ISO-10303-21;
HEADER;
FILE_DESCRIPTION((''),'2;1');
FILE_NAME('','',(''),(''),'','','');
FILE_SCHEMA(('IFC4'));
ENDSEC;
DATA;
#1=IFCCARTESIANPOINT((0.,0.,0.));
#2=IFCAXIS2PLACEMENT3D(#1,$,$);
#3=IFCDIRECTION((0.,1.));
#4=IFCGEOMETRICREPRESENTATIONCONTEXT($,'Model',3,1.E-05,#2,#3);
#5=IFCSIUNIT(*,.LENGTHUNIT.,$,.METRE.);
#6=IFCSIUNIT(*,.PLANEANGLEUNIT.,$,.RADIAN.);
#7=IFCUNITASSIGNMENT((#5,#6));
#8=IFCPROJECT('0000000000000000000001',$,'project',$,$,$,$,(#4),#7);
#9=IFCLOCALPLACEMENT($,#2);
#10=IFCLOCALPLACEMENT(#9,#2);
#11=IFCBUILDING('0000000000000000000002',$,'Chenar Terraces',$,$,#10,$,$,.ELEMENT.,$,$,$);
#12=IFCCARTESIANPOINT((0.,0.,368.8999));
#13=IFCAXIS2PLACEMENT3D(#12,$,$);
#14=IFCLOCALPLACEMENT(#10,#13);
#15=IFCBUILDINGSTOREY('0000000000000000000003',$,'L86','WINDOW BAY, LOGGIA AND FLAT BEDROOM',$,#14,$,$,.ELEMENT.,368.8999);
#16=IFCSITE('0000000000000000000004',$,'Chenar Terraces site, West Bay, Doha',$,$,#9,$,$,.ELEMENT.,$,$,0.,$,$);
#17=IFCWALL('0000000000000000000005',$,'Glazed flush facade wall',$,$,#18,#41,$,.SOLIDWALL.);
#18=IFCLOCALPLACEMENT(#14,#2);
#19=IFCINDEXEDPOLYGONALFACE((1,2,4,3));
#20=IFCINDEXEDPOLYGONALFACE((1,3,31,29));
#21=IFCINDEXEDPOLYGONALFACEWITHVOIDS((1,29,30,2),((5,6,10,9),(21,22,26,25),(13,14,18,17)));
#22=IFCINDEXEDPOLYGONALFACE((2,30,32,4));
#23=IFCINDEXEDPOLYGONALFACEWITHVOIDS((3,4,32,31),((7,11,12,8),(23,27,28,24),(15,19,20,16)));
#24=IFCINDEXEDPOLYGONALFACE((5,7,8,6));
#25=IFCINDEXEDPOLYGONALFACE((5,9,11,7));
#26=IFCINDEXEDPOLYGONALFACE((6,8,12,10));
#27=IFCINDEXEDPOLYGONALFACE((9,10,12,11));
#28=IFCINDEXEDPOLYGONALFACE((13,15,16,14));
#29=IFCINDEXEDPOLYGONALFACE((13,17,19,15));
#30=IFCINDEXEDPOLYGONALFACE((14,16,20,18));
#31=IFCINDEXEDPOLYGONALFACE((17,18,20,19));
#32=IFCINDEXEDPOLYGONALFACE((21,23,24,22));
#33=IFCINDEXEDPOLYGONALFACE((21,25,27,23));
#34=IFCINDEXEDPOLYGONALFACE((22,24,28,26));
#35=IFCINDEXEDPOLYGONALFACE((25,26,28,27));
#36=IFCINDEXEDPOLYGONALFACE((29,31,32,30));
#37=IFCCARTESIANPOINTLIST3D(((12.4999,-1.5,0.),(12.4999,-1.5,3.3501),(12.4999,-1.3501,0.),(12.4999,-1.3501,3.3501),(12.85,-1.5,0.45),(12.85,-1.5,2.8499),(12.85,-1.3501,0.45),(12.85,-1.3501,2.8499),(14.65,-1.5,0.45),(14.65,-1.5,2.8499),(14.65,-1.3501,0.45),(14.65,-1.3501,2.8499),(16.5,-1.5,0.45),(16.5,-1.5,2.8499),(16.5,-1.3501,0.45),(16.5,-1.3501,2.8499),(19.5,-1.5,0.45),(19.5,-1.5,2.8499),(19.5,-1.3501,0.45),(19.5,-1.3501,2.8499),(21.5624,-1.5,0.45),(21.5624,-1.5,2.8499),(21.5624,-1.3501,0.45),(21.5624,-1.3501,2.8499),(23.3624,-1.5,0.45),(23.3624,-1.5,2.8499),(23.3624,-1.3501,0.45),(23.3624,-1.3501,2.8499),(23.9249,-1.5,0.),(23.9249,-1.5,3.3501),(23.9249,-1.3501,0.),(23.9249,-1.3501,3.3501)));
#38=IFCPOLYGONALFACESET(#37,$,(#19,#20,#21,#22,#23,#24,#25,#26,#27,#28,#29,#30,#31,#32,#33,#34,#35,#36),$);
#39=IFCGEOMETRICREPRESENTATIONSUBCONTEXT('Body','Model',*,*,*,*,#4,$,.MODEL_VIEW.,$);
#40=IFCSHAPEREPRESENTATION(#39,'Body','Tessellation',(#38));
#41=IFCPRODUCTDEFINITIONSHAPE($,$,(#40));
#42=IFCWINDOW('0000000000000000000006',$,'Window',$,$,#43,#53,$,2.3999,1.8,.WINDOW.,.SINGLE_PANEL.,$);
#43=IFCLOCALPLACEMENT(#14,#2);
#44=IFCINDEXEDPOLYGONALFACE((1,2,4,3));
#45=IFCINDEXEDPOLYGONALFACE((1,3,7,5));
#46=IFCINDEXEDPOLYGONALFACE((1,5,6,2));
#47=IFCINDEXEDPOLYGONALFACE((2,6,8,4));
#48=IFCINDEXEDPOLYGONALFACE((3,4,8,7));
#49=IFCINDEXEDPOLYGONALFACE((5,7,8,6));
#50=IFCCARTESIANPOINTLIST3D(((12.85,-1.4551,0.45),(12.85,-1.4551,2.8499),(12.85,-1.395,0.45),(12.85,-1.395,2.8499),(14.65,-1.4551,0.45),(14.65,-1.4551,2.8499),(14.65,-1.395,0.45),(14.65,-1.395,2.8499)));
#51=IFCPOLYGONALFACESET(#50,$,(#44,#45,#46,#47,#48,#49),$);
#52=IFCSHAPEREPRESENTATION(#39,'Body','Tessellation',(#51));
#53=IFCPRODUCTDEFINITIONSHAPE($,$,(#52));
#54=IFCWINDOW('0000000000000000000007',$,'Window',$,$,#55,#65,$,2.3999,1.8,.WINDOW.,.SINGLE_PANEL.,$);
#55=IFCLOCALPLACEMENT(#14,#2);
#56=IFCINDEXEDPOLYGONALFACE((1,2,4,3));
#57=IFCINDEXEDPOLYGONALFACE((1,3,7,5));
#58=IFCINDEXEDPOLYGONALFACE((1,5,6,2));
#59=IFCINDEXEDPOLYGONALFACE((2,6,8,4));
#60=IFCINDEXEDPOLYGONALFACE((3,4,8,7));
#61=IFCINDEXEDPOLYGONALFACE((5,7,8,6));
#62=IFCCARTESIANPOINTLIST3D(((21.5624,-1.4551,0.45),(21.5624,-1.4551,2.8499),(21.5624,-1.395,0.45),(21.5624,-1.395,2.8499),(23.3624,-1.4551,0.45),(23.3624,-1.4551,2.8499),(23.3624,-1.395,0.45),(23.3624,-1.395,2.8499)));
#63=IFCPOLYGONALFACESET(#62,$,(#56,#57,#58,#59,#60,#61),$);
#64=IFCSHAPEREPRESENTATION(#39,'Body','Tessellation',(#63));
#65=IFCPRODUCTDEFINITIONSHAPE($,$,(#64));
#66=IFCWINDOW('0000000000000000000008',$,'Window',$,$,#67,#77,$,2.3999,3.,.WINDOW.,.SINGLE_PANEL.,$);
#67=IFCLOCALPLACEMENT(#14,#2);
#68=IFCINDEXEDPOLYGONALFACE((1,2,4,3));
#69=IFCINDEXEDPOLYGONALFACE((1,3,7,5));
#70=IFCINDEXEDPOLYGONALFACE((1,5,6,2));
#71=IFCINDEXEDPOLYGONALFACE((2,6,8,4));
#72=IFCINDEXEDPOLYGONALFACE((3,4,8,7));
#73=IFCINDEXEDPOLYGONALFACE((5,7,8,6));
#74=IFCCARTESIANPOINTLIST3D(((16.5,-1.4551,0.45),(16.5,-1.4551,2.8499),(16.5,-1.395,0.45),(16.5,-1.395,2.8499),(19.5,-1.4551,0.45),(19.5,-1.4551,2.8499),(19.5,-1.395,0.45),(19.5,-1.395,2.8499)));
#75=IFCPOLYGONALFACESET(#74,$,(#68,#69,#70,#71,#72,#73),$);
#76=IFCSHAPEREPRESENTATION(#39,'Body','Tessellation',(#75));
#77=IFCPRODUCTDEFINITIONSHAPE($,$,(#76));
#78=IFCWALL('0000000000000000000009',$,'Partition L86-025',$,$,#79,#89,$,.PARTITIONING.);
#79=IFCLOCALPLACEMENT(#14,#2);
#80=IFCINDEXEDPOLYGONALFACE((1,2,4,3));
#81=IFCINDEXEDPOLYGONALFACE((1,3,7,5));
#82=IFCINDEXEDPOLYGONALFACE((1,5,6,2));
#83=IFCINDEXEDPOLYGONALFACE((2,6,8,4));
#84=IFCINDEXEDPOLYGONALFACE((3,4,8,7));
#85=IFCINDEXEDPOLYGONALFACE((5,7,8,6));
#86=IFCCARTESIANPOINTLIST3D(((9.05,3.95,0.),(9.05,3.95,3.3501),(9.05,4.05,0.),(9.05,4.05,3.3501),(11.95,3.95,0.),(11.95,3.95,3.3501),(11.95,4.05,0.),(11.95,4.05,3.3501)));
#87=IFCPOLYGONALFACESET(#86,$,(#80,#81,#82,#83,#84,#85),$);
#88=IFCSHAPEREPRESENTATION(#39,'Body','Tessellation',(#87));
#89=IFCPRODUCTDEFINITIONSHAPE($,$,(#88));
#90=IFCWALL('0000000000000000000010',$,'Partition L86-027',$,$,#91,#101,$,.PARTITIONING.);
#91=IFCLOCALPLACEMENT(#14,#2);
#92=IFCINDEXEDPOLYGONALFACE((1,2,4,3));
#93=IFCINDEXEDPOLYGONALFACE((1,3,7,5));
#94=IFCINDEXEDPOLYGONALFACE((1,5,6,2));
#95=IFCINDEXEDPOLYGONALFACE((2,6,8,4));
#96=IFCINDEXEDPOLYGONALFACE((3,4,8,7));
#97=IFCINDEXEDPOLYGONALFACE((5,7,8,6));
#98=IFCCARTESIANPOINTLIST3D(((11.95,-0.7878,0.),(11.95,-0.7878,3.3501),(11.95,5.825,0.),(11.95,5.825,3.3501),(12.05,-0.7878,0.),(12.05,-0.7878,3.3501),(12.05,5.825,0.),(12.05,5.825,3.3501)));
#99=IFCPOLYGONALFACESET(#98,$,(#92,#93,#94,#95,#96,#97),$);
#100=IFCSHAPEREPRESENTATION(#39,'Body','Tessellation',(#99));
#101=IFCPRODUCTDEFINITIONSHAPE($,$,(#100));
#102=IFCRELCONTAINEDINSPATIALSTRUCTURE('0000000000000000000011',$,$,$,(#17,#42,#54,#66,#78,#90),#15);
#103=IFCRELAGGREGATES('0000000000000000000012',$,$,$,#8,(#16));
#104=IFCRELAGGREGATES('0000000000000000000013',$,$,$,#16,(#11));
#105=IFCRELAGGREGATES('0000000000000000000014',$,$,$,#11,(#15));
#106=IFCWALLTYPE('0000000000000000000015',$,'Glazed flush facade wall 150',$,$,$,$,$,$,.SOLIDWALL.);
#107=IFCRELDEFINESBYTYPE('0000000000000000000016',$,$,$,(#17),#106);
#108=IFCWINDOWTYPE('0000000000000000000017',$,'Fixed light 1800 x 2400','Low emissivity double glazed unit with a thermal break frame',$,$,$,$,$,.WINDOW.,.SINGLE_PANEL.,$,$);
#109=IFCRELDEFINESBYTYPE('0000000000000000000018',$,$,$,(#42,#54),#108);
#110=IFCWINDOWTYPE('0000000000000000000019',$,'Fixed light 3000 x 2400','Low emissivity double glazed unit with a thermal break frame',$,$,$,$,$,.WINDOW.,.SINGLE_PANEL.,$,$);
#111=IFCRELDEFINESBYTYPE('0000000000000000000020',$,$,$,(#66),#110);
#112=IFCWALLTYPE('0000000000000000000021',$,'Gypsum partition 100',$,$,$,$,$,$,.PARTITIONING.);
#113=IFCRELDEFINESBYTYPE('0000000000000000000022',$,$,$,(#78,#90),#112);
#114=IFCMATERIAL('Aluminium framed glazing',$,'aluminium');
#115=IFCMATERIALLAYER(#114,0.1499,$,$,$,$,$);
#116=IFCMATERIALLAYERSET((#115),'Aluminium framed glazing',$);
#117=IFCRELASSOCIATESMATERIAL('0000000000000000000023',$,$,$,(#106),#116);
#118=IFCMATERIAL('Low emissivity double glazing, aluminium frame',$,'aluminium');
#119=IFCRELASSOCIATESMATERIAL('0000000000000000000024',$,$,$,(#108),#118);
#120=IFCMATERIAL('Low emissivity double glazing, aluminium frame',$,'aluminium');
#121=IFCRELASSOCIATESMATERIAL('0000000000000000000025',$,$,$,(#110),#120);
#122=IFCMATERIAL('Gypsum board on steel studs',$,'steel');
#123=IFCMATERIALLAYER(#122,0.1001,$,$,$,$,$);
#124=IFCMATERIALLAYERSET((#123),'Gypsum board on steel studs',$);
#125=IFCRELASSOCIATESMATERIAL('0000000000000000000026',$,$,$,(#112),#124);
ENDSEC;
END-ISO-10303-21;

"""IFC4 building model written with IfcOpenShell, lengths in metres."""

from ifc_helpers import new_model, si_unit, direction, frame, frame_2d, origin, place, context, subcontext, project, spatial, rectangle, extrude, material, layer, layer_set, type_object, element, fill, save


model = new_model("IFC4")

# Units and contexts
model_context = context("Model", 3, precision=1e-05, world=origin(), true_north=direction((0.0, 1.0)))
body_context = subcontext(model_context, "Body", "Model", "MODEL_VIEW")
ifc_project = project(units=[si_unit("LENGTHUNIT", "METRE"), si_unit("PLANEANGLEUNIT", "RADIAN")], contexts=[model_context])

# Site, building, storey
site_placement = place(None, origin())
site = spatial("IfcSite", under=ifc_project, at=site_placement, Name="Chenar Terraces site, West Bay, Doha", CompositionType="ELEMENT", RefElevation=0.0)
building_placement = place(site_placement, origin())
building = spatial("IfcBuilding", under=site, at=building_placement, Name="Chenar Terraces", CompositionType="ELEMENT")
storey_placement = place(building_placement, frame((0.0, 0.0, 368.8999)))
storey = spatial("IfcBuildingStorey", under=building, at=storey_placement, Name="L86", Description="WINDOW BAY, LOGGIA AND FLAT BEDROOM", CompositionType="ELEMENT", Elevation=368.8999)

# Wall, openings, windows
ifc_material_1 = material(Name="Aluminium framed glazing", Category="aluminium")
ifc_layer_1 = layer(ifc_material_1, 0.1499)
ifc_layer_set_1 = layer_set([ifc_layer_1], Name="Aluminium framed glazing")
wall_type_1 = type_object("IfcWallType", Name="Glazed flush facade wall 150", PredefinedType="SOLIDWALL", material=ifc_layer_set_1)
wall_1_placement = place(storey_placement, frame((12.5, -1.425, 0.0), z_axis=(0.0, 0.0, 1.0), x_axis=(1.0, 0.0, 0.0)))
wall_1 = element("IfcWall", 1, at=wall_1_placement, inside=storey, type_object=wall_type_1, Name="Glazed flush facade wall", PredefinedType="SOLIDWALL", context=body_context, shape_type="SweptSolid", body=[
    extrude(rectangle(XDim=11.425, YDim=0.1499, at=frame_2d((5.7124, 0.0))), origin(), (0.0, 0.0, 1.0), 3.3501),
])
opening_1_placement = place(wall_1_placement, frame((0.3501, 0.0, 0.45)))
opening_1 = element("IfcOpeningElement", 2, at=opening_1_placement, cuts=wall_1, PredefinedType="OPENING", context=body_context, shape_type="SweptSolid", body=[
    extrude(rectangle(XDim=1.8, YDim=2.3999, at=frame_2d((0.8999, 1.2))), frame((0.0, 0.085, 0.0), z_axis=(0.0, -1.0, 0.0), x_axis=(1.0, 0.0, 0.0)), (0.0, 0.0, 1.0), 0.1699),
])
opening_2_placement = place(wall_1_placement, frame((4.0, 0.0, 0.45)))
opening_2 = element("IfcOpeningElement", 3, at=opening_2_placement, cuts=wall_1, PredefinedType="OPENING", context=body_context, shape_type="SweptSolid", body=[
    extrude(rectangle(XDim=3.0, YDim=2.3999, at=frame_2d((1.5, 1.2))), frame((0.0, 0.085, 0.0), z_axis=(0.0, -1.0, 0.0), x_axis=(1.0, 0.0, 0.0)), (0.0, 0.0, 1.0), 0.1699),
])
opening_3_placement = place(wall_1_placement, frame((9.0625, 0.0, 0.45)))
opening_3 = element("IfcOpeningElement", 4, at=opening_3_placement, cuts=wall_1, PredefinedType="OPENING", context=body_context, shape_type="SweptSolid", body=[
    extrude(rectangle(XDim=1.8, YDim=2.3999, at=frame_2d((0.8999, 1.2))), frame((0.0, 0.085, 0.0), z_axis=(0.0, -1.0, 0.0), x_axis=(1.0, 0.0, 0.0)), (0.0, 0.0, 1.0), 0.1699),
])
ifc_material_2 = material(Name="Low emissivity double glazing, aluminium frame", Category="aluminium")
window_type_1 = type_object("IfcWindowType", Name="Fixed light 1800 x 2400", Description="Low emissivity double glazed unit with a thermal break frame", PartitioningType="SINGLE_PANEL", PredefinedType="WINDOW", material=ifc_material_2)
window_1_placement = place(opening_1_placement, origin())
window_1 = element("IfcWindow", 5, at=window_1_placement, inside=storey, type_object=window_type_1, Name="Window", OverallHeight=2.3999, OverallWidth=1.8, PartitioningType="SINGLE_PANEL", PredefinedType="WINDOW", context=body_context, shape_type="SweptSolid", body=[
    extrude(rectangle(XDim=1.8, YDim=2.3999, at=frame_2d((0.8999, 1.2))), frame((0.0, 0.03, 0.0), z_axis=(0.0, -1.0, 0.0), x_axis=(1.0, 0.0, 0.0)), (0.0, 0.0, 1.0), 0.0601),
])
fill(opening_1, window_1)
window_2_placement = place(opening_3_placement, origin())
window_2 = element("IfcWindow", 6, at=window_2_placement, inside=storey, type_object=window_type_1, Name="Window", OverallHeight=2.3999, OverallWidth=1.8, PartitioningType="SINGLE_PANEL", PredefinedType="WINDOW", context=body_context, shape_type="SweptSolid", body=[
    extrude(rectangle(XDim=1.8, YDim=2.3999, at=frame_2d((0.8999, 1.2))), frame((0.0, 0.03, 0.0), z_axis=(0.0, -1.0, 0.0), x_axis=(1.0, 0.0, 0.0)), (0.0, 0.0, 1.0), 0.0601),
])
fill(opening_3, window_2)
ifc_material_3 = material(Name="Low emissivity double glazing, aluminium frame", Category="aluminium")
window_type_2 = type_object("IfcWindowType", Name="Fixed light 3000 x 2400", Description="Low emissivity double glazed unit with a thermal break frame", PartitioningType="SINGLE_PANEL", PredefinedType="WINDOW", material=ifc_material_3)
window_3_placement = place(opening_2_placement, origin())
window_3 = element("IfcWindow", 7, at=window_3_placement, inside=storey, type_object=window_type_2, Name="Window", OverallHeight=2.3999, OverallWidth=3.0, PartitioningType="SINGLE_PANEL", PredefinedType="WINDOW", context=body_context, shape_type="SweptSolid", body=[
    extrude(rectangle(XDim=3.0, YDim=2.3999, at=frame_2d((1.5, 1.2))), frame((0.0, 0.03, 0.0), z_axis=(0.0, -1.0, 0.0), x_axis=(1.0, 0.0, 0.0)), (0.0, 0.0, 1.0), 0.0601),
])
fill(opening_2, window_3)

# Walls
ifc_material_4 = material(Name="Gypsum board on steel studs", Category="steel")
ifc_layer_2 = layer(ifc_material_4, 0.1001)
ifc_layer_set_2 = layer_set([ifc_layer_2], Name="Gypsum board on steel studs")
wall_type_2 = type_object("IfcWallType", Name="Gypsum partition 100", PredefinedType="PARTITIONING", material=ifc_layer_set_2)
wall_2_placement = place(storey_placement, frame((9.05, 4.0, 0.0), z_axis=(0.0, 0.0, 1.0), x_axis=(1.0, 0.0, 0.0)))
element("IfcWall", 8, at=wall_2_placement, inside=storey, type_object=wall_type_2, Name="Partition L86-025", PredefinedType="PARTITIONING", context=body_context, shape_type="SweptSolid", body=[
    extrude(rectangle(XDim=2.8999, YDim=0.1001, at=frame_2d((1.45, 0.0))), origin(), (0.0, 0.0, 1.0), 3.3501),
])
wall_3_placement = place(storey_placement, frame((12.0, -0.7878, 0.0), z_axis=(0.0, 0.0, 1.0), x_axis=(0.0, 1.0, 0.0)))
element("IfcWall", 9, at=wall_3_placement, inside=storey, type_object=wall_type_2, Name="Partition L86-027", PredefinedType="PARTITIONING", context=body_context, shape_type="SweptSolid", body=[
    extrude(rectangle(XDim=6.6128, YDim=0.1001, at=frame_2d((3.3064, 0.0))), origin(), (0.0, 0.0, 1.0), 3.3501),
])

save(model, "model.ifc")
